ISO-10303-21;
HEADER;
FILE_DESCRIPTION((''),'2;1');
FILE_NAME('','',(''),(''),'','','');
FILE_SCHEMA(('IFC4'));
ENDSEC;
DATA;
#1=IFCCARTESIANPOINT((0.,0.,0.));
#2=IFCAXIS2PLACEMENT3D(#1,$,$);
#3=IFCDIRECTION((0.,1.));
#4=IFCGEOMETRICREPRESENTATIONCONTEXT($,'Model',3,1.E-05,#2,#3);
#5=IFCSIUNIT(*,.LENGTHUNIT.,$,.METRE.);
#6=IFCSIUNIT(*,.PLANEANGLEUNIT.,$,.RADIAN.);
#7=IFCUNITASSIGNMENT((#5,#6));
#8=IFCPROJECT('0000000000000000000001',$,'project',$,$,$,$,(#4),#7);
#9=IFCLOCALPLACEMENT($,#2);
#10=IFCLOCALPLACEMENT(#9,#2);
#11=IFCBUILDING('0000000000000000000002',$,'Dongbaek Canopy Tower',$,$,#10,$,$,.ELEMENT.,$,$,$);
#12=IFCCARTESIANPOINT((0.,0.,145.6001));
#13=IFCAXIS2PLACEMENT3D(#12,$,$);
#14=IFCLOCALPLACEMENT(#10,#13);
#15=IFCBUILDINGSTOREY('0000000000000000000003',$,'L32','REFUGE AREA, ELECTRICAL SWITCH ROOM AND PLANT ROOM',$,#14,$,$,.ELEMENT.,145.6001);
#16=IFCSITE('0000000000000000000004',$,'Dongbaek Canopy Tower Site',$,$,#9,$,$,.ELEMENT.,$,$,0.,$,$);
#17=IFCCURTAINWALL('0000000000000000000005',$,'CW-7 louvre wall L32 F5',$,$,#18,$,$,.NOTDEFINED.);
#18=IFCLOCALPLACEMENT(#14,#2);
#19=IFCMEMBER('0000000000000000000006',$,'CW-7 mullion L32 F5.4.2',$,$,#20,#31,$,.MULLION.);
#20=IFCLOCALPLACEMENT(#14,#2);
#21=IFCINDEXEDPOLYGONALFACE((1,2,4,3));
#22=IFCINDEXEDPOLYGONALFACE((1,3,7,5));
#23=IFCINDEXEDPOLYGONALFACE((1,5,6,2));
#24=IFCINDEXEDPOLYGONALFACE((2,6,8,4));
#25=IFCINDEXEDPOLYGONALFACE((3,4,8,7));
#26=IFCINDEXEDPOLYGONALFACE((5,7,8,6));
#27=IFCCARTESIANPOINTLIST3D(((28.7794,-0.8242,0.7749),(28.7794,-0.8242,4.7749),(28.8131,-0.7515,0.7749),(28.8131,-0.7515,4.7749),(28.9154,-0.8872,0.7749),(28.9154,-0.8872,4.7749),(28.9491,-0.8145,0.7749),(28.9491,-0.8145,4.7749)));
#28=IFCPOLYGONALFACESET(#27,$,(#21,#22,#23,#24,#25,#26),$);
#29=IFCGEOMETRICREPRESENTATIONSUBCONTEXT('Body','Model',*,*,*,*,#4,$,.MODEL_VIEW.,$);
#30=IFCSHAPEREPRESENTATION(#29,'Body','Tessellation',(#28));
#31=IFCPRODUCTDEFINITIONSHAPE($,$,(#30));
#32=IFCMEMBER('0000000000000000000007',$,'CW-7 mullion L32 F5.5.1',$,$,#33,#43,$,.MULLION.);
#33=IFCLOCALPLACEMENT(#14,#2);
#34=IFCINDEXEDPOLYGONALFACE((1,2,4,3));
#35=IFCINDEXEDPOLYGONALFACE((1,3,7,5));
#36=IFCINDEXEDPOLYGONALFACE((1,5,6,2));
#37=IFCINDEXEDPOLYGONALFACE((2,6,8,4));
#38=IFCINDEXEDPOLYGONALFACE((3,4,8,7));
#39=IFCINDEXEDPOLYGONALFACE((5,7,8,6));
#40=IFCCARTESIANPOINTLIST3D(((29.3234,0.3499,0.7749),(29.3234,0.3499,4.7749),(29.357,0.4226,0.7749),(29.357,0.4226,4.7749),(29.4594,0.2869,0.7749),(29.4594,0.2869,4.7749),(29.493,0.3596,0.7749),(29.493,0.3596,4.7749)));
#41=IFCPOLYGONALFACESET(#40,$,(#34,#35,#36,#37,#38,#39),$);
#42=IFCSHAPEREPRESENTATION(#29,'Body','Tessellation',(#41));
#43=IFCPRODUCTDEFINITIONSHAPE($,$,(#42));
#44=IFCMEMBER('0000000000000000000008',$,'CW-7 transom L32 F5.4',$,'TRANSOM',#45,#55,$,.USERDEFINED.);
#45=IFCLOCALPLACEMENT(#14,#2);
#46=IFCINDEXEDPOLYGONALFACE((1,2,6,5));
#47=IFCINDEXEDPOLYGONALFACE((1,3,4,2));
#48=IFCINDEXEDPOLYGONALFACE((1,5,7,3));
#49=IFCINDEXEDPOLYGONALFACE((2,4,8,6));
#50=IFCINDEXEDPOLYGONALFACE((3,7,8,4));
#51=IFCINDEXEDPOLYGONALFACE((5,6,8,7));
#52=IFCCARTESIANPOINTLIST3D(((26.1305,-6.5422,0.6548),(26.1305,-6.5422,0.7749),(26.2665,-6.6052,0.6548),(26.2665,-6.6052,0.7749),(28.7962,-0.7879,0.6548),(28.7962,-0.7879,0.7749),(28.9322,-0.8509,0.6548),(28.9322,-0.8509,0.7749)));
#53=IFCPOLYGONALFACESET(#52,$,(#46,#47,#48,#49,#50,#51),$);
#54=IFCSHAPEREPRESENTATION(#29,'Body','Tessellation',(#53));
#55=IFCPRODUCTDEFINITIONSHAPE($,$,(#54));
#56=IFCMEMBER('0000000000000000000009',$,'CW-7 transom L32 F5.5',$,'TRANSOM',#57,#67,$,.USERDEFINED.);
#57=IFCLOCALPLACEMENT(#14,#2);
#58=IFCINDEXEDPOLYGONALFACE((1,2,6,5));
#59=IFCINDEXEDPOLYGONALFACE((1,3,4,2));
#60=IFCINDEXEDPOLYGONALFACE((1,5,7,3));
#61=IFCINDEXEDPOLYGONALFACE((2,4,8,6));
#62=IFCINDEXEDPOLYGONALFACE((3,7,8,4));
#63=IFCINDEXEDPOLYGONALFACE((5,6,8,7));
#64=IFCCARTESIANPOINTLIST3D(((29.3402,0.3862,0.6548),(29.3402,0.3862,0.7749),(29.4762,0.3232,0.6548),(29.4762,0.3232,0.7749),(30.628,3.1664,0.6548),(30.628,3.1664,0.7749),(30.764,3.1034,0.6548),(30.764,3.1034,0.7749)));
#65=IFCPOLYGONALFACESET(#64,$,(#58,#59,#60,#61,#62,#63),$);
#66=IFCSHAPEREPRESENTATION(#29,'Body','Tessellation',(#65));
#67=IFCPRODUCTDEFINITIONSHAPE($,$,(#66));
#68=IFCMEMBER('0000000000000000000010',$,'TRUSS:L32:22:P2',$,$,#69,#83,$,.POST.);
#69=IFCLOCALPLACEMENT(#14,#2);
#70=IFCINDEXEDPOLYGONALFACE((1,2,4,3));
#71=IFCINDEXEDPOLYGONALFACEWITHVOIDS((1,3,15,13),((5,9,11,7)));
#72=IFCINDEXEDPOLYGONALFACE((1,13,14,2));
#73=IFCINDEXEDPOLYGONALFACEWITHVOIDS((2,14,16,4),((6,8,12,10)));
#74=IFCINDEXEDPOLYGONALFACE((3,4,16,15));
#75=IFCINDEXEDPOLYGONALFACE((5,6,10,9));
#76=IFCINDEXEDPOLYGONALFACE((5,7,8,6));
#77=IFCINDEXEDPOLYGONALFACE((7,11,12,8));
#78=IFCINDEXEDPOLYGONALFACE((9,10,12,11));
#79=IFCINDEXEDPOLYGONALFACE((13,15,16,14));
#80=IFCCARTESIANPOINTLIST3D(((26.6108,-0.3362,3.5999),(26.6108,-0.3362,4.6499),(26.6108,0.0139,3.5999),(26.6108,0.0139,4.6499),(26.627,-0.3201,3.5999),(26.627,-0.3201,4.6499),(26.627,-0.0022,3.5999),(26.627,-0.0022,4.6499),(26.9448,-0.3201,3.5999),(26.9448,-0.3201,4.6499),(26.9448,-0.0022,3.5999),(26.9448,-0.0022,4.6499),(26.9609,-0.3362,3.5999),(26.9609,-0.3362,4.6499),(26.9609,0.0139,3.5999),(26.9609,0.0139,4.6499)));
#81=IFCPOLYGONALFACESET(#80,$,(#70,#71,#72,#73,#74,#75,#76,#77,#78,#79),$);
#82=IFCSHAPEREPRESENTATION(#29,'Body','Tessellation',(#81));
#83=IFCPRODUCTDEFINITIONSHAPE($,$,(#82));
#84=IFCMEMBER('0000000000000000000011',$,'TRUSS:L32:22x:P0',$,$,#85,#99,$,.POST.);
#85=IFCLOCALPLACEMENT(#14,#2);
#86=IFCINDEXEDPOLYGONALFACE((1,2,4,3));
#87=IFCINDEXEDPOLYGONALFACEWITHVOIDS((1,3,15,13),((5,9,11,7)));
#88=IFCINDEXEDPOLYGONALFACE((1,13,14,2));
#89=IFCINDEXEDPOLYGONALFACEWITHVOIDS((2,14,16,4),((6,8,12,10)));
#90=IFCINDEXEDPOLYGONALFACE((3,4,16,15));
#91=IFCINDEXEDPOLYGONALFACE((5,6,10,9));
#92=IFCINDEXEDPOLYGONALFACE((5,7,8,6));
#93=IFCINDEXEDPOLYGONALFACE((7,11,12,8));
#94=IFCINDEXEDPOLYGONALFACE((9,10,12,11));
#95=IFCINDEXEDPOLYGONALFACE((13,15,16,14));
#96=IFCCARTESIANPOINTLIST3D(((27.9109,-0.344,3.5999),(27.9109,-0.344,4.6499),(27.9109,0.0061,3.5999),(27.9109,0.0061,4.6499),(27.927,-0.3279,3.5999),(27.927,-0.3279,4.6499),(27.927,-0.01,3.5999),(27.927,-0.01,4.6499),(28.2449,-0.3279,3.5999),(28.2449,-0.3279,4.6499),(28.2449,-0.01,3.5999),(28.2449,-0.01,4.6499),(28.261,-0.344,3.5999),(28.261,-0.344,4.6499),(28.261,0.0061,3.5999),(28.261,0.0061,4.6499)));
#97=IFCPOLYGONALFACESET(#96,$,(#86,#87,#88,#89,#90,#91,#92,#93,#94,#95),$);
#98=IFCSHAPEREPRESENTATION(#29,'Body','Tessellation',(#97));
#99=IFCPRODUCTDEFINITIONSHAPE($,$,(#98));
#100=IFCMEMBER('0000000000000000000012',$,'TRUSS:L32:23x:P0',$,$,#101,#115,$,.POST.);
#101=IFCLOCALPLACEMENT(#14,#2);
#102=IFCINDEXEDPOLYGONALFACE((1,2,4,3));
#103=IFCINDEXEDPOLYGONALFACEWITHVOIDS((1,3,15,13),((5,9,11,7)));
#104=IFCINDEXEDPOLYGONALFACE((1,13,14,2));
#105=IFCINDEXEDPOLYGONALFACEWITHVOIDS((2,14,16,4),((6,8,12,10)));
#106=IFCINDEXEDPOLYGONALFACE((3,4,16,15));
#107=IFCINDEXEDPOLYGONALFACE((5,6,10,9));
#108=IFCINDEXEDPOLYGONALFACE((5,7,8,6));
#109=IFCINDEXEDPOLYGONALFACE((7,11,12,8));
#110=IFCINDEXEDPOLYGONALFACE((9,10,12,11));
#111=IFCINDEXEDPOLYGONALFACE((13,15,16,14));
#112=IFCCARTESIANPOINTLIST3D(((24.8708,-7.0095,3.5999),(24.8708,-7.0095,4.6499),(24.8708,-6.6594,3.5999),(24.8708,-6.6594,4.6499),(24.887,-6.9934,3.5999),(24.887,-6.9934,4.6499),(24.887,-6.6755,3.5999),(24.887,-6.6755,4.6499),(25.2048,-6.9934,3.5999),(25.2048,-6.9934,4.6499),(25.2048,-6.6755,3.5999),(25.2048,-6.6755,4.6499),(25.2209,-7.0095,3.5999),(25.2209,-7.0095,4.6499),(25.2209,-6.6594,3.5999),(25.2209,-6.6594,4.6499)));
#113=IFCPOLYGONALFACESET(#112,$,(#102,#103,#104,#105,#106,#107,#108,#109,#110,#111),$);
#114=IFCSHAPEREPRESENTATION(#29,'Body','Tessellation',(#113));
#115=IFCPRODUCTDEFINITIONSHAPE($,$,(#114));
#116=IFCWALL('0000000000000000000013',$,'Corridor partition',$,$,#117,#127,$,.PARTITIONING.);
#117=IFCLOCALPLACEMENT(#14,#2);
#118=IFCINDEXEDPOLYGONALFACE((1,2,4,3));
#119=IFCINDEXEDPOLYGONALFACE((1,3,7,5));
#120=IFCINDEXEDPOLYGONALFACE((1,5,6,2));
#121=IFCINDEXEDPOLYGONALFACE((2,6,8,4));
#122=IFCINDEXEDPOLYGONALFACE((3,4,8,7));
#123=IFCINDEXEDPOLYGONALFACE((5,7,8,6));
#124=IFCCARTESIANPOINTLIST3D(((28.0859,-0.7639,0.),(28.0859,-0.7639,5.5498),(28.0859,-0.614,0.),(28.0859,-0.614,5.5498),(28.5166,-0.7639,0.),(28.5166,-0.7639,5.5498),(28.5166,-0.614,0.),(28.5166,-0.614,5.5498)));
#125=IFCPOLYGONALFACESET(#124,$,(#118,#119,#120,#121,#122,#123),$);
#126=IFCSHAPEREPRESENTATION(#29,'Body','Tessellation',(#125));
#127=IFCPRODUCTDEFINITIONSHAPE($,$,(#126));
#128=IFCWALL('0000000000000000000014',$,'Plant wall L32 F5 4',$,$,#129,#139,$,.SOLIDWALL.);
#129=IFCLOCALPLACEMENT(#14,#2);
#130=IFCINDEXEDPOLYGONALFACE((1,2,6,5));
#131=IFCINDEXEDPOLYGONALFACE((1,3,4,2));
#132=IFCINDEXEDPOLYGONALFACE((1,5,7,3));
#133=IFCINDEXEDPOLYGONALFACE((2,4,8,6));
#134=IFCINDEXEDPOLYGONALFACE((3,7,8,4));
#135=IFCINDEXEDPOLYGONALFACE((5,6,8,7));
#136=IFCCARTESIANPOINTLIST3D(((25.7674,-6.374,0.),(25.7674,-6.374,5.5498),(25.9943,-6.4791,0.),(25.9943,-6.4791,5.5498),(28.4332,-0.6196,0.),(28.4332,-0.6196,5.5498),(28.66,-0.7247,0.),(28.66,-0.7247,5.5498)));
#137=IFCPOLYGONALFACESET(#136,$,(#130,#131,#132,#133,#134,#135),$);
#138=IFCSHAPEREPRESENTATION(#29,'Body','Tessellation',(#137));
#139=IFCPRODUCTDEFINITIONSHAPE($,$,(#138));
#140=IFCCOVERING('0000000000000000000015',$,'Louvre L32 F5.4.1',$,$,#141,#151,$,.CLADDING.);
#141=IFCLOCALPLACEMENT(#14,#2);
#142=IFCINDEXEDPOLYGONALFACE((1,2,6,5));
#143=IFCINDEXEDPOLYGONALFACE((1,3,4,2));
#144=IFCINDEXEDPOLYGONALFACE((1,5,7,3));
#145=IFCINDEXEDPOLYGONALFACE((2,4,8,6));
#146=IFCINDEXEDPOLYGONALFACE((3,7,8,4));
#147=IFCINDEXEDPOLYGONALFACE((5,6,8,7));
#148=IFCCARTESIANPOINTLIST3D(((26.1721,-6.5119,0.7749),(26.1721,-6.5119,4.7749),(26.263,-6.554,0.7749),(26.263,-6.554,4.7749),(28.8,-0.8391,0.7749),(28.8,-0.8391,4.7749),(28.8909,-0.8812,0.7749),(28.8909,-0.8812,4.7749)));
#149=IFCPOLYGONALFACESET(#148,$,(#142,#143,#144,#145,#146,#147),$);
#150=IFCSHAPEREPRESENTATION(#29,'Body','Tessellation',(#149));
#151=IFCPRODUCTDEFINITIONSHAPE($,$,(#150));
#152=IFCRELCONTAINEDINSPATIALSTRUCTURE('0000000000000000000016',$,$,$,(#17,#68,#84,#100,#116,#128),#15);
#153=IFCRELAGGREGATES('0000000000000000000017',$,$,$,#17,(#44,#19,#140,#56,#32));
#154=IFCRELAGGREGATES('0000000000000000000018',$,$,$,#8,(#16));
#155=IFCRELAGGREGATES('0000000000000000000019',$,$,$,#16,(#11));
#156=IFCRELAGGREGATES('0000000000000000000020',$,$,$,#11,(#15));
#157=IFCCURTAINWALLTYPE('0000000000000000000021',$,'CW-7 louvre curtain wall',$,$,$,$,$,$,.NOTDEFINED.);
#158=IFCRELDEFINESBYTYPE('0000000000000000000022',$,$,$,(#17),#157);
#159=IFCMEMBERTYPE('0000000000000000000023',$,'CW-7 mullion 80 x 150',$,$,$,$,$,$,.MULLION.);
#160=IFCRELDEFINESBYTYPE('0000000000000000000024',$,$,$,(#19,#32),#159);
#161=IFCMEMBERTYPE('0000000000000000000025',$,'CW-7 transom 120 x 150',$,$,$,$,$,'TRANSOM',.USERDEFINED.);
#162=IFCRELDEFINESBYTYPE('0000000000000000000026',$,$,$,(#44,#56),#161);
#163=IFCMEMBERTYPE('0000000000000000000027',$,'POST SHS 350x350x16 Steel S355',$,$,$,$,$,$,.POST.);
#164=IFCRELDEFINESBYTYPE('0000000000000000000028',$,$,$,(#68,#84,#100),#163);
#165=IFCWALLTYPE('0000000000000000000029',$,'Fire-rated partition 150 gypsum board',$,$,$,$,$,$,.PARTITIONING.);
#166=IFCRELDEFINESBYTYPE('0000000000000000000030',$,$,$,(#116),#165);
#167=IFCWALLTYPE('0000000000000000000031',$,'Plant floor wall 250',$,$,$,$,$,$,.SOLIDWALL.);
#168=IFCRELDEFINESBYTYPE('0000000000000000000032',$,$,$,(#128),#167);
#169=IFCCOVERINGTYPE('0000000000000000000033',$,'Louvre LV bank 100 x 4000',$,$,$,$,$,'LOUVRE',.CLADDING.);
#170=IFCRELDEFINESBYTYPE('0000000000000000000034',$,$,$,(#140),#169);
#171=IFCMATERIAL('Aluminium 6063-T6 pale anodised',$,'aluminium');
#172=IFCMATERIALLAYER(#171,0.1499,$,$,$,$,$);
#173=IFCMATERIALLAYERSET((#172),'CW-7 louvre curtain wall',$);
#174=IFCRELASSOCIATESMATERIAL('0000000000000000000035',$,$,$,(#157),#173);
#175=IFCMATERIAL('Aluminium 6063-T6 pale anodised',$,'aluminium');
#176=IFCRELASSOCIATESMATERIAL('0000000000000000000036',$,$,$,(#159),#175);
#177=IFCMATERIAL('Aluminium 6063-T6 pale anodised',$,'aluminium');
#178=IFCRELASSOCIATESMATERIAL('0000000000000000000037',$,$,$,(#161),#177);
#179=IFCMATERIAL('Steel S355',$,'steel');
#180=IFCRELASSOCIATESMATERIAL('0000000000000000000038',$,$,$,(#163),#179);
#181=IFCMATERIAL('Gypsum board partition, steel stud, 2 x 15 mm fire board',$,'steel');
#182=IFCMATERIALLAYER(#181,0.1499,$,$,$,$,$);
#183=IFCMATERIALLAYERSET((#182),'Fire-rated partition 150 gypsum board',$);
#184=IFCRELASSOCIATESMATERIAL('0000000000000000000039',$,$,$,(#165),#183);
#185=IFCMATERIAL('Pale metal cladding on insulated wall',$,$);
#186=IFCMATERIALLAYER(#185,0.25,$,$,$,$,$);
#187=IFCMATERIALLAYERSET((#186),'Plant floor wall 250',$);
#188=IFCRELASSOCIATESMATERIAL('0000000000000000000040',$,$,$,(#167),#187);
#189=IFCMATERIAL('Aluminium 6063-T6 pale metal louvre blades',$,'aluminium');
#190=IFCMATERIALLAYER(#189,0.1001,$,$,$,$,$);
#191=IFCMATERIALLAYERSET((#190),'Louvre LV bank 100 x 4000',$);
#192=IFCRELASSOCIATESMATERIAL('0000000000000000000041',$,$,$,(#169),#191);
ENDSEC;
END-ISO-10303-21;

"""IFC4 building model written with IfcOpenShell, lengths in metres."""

from ifc_helpers import new_model, si_unit, direction, frame, frame_2d, origin, origin_2d, place, context, subcontext, project, spatial, rectangle, hollow_rectangle, extrude, material, layer, layer_set, material_profile, profile_set, type_object, element, aggregate, save


model = new_model("IFC4")

# Units and contexts
model_context = context("Model", 3, precision=1e-05, world=origin(), true_north=direction((0.0, 1.0)))
body_context = subcontext(model_context, "Body", "Model", "MODEL_VIEW")
ifc_project = project(units=[si_unit("LENGTHUNIT", "METRE"), si_unit("PLANEANGLEUNIT", "RADIAN")], contexts=[model_context])

# Site, building, storey
site_placement = place(None, origin())
site = spatial("IfcSite", under=ifc_project, at=site_placement, Name="Dongbaek Canopy Tower Site", CompositionType="ELEMENT", RefElevation=0.0)
building_placement = place(site_placement, origin())
building = spatial("IfcBuilding", under=site, at=building_placement, Name="Dongbaek Canopy Tower", CompositionType="ELEMENT")
storey_placement = place(building_placement, frame((0.0, 0.0, 145.6001)))
storey = spatial("IfcBuildingStorey", under=building, at=storey_placement, Name="L32", Description="REFUGE AREA, ELECTRICAL SWITCH ROOM AND PLANT ROOM", CompositionType="ELEMENT", Elevation=145.6001)

# Curtain wall, members
ifc_material_1 = material(Name="Aluminium 6063-T6 pale anodised", Category="aluminium")
ifc_layer_1 = layer(ifc_material_1, 0.1499)
ifc_layer_set_1 = layer_set([ifc_layer_1], Name="CW-7 louvre curtain wall")
curtain_wall_type = type_object("IfcCurtainWallType", Name="CW-7 louvre curtain wall", PredefinedType="NOTDEFINED", material=ifc_layer_set_1)
curtain_wall_placement = place(storey_placement, origin())
curtain_wall = element("IfcCurtainWall", 1, at=curtain_wall_placement, inside=storey, type_object=curtain_wall_type, Name="CW-7 louvre wall L32 F5", PredefinedType="NOTDEFINED")
ifc_material_2 = material(Name="Aluminium 6063-T6 pale anodised", Category="aluminium")
ifc_material_profile_1 = material_profile(ifc_material_2, rectangle(XDim=0.1499, YDim=0.0801, at=origin_2d()), Name="CW-7 mullion 80 x 150")
ifc_profile_set_1 = profile_set([ifc_material_profile_1], Name="Aluminium 6063-T6 pale anodised")
member_type_1 = type_object("IfcMemberType", Name="CW-7 mullion 80 x 150", PredefinedType="MULLION", material=ifc_profile_set_1)
member_1_placement = place(storey_placement, frame((28.8643, -0.8193, 0.7749), z_axis=(0.0, 0.0, 1.0), x_axis=(0.907369, -0.420334, 0.0)))
member_1 = element("IfcMember", 2, at=member_1_placement, type_object=member_type_1, Name="CW-7 mullion L32 F5.4.2", PredefinedType="MULLION", context=body_context, shape_type="SweptSolid", body=[
    extrude(rectangle(XDim=0.1499, YDim=0.0801, at=origin_2d()), origin(), (0.0, 0.0, 1.0), 4.0),
])
member_2_placement = place(storey_placement, frame((29.4082, 0.3547, 0.7749), z_axis=(0.0, 0.0, 1.0), x_axis=(0.907369, -0.420334, 0.0)))
member_2 = element("IfcMember", 3, at=member_2_placement, type_object=member_type_1, Name="CW-7 mullion L32 F5.5.1", PredefinedType="MULLION", context=body_context, shape_type="SweptSolid", body=[
    extrude(rectangle(XDim=0.1499, YDim=0.0801, at=origin_2d()), origin(), (0.0, 0.0, 1.0), 4.0),
])
ifc_material_3 = material(Name="Aluminium 6063-T6 pale anodised", Category="aluminium")
ifc_material_profile_2 = material_profile(ifc_material_3, rectangle(XDim=0.1499, YDim=0.1201, at=origin_2d()), Name="CW-7 transom 120 x 150")
ifc_profile_set_2 = profile_set([ifc_material_profile_2], Name="Aluminium 6063-T6 pale anodised")
member_type_2 = type_object("IfcMemberType", Name="CW-7 transom 120 x 150", ElementType="TRANSOM", PredefinedType="USERDEFINED", material=ifc_profile_set_2)
member_3_placement = place(storey_placement, frame((26.1985, -6.5737, 0.7148), z_axis=(0.420344, 0.907365, 0.0), x_axis=(-0.907365, 0.420344, 0.0)))
member_3 = element("IfcMember", 4, at=member_3_placement, type_object=member_type_2, Name="CW-7 transom L32 F5.4", ObjectType="TRANSOM", PredefinedType="USERDEFINED", context=body_context, shape_type="SweptSolid", body=[
    extrude(rectangle(XDim=0.1499, YDim=0.1201, at=origin_2d()), origin(), (0.0, 0.0, 1.0), 6.3418),
])
member_4_placement = place(storey_placement, frame((29.4082, 0.3547, 0.7148), z_axis=(0.420306, 0.907383, 0.0), x_axis=(-0.907383, 0.420306, 0.0)))
member_4 = element("IfcMember", 5, at=member_4_placement, type_object=member_type_2, Name="CW-7 transom L32 F5.5", ObjectType="TRANSOM", PredefinedType="USERDEFINED", context=body_context, shape_type="SweptSolid", body=[
    extrude(rectangle(XDim=0.1499, YDim=0.1201, at=origin_2d()), origin(), (0.0, 0.0, 1.0), 3.064),
])

# Members
ifc_material_4 = material(Name="Steel S355", Category="steel")
ifc_material_profile_3 = material_profile(ifc_material_4, hollow_rectangle(XDim=0.3501, YDim=0.3501, WallThickness=0.0161, at=origin_2d()), Name="POST SHS 350x350x16 Steel S355")
ifc_profile_set_3 = profile_set([ifc_material_profile_3], Name="Steel S355")
member_type_3 = type_object("IfcMemberType", Name="POST SHS 350x350x16 Steel S355", PredefinedType="POST", material=ifc_profile_set_3)
for number, where, z_axis, x_axis, name in (
    (6, (26.7859, -0.1611, 3.5999), (0.0, 0.0, 1.0), (1.0, 0.0, 0.0), "TRUSS:L32:22:P2"),
    (7, (28.0859, -0.1689, 3.5999), (0.0, 0.0, 1.0), (1.0, 0.0, 0.0), "TRUSS:L32:22x:P0"),
    (8, (25.0459, -6.8345, 3.5999), (0.0, 0.0, 1.0), (1.0, 0.0, 0.0), "TRUSS:L32:23x:P0"),
):
    element("IfcMember", number, at=place(storey_placement, frame(where, z_axis=z_axis, x_axis=x_axis)), inside=storey, type_object=member_type_3, Name=name, PredefinedType="POST", context=body_context, shape_type="SweptSolid", body=[
        extrude(hollow_rectangle(XDim=0.3501, YDim=0.3501, WallThickness=0.0161, at=origin_2d()), origin(), (0.0, 0.0, 1.0), 1.05),
    ])

# Walls
ifc_material_5 = material(Name="Gypsum board partition, steel stud, 2 x 15 mm fire board", Category="steel")
ifc_layer_2 = layer(ifc_material_5, 0.1499)
ifc_layer_set_2 = layer_set([ifc_layer_2], Name="Fire-rated partition 150 gypsum board")
wall_type_1 = type_object("IfcWallType", Name="Fire-rated partition 150 gypsum board", PredefinedType="PARTITIONING", material=ifc_layer_set_2)
wall_1_placement = place(storey_placement, frame((28.0859, -0.689, 0.0), z_axis=(0.0, 0.0, 1.0), x_axis=(1.0, 0.0, 0.0)))
element("IfcWall", 9, at=wall_1_placement, inside=storey, type_object=wall_type_1, Name="Corridor partition", PredefinedType="PARTITIONING", context=body_context, shape_type="SweptSolid", body=[
    extrude(rectangle(XDim=0.4307, YDim=0.1499, at=frame_2d((0.2153, 0.0))), origin(), (0.0, 0.0, 1.0), 5.5498),
])
ifc_material_6 = material(Name="Pale metal cladding on insulated wall")
ifc_layer_3 = layer(ifc_material_6, 0.25)
ifc_layer_set_3 = layer_set([ifc_layer_3], Name="Plant floor wall 250")
wall_type_2 = type_object("IfcWallType", Name="Plant floor wall 250", PredefinedType="SOLIDWALL", material=ifc_layer_set_3)
wall_2_placement = place(storey_placement, frame((25.8809, -6.4265, 0.0), z_axis=(0.0, 0.0, 1.0), x_axis=(0.420344, 0.907365, 0.0)))
element("IfcWall", 10, at=wall_2_placement, inside=storey, type_object=wall_type_2, Name="Plant wall L32 F5 4", PredefinedType="SOLIDWALL", context=body_context, shape_type="SweptSolid", body=[
    extrude(rectangle(XDim=6.3418, YDim=0.25, at=frame_2d((3.1709, 0.0))), origin(), (0.0, 0.0, 1.0), 5.5498),
])

# Covering
ifc_material_7 = material(Name="Aluminium 6063-T6 pale metal louvre blades", Category="aluminium")
ifc_layer_4 = layer(ifc_material_7, 0.1001)
ifc_layer_set_4 = layer_set([ifc_layer_4], Name="Louvre LV bank 100 x 4000")
covering_type = type_object("IfcCoveringType", Name="Louvre LV bank 100 x 4000", ElementType="LOUVRE", PredefinedType="CLADDING", material=ifc_layer_set_4)
covering_placement = place(storey_placement, frame((27.5315, -3.6965, 0.7749), z_axis=(0.0, 0.0, 1.0), x_axis=(0.420334, 0.907369, 0.0)))
covering = element("IfcCovering", 11, at=covering_placement, type_object=covering_type, Name="Louvre L32 F5.4.1", PredefinedType="CLADDING", context=body_context, shape_type="SweptSolid", body=[
    extrude(rectangle(XDim=6.252, YDim=0.1001, at=origin_2d()), origin(), (0.0, 0.0, 1.0), 4.0),
])

aggregate(curtain_wall, [member_3, member_1, covering, member_4, member_2])

save(model, "model.ifc")
